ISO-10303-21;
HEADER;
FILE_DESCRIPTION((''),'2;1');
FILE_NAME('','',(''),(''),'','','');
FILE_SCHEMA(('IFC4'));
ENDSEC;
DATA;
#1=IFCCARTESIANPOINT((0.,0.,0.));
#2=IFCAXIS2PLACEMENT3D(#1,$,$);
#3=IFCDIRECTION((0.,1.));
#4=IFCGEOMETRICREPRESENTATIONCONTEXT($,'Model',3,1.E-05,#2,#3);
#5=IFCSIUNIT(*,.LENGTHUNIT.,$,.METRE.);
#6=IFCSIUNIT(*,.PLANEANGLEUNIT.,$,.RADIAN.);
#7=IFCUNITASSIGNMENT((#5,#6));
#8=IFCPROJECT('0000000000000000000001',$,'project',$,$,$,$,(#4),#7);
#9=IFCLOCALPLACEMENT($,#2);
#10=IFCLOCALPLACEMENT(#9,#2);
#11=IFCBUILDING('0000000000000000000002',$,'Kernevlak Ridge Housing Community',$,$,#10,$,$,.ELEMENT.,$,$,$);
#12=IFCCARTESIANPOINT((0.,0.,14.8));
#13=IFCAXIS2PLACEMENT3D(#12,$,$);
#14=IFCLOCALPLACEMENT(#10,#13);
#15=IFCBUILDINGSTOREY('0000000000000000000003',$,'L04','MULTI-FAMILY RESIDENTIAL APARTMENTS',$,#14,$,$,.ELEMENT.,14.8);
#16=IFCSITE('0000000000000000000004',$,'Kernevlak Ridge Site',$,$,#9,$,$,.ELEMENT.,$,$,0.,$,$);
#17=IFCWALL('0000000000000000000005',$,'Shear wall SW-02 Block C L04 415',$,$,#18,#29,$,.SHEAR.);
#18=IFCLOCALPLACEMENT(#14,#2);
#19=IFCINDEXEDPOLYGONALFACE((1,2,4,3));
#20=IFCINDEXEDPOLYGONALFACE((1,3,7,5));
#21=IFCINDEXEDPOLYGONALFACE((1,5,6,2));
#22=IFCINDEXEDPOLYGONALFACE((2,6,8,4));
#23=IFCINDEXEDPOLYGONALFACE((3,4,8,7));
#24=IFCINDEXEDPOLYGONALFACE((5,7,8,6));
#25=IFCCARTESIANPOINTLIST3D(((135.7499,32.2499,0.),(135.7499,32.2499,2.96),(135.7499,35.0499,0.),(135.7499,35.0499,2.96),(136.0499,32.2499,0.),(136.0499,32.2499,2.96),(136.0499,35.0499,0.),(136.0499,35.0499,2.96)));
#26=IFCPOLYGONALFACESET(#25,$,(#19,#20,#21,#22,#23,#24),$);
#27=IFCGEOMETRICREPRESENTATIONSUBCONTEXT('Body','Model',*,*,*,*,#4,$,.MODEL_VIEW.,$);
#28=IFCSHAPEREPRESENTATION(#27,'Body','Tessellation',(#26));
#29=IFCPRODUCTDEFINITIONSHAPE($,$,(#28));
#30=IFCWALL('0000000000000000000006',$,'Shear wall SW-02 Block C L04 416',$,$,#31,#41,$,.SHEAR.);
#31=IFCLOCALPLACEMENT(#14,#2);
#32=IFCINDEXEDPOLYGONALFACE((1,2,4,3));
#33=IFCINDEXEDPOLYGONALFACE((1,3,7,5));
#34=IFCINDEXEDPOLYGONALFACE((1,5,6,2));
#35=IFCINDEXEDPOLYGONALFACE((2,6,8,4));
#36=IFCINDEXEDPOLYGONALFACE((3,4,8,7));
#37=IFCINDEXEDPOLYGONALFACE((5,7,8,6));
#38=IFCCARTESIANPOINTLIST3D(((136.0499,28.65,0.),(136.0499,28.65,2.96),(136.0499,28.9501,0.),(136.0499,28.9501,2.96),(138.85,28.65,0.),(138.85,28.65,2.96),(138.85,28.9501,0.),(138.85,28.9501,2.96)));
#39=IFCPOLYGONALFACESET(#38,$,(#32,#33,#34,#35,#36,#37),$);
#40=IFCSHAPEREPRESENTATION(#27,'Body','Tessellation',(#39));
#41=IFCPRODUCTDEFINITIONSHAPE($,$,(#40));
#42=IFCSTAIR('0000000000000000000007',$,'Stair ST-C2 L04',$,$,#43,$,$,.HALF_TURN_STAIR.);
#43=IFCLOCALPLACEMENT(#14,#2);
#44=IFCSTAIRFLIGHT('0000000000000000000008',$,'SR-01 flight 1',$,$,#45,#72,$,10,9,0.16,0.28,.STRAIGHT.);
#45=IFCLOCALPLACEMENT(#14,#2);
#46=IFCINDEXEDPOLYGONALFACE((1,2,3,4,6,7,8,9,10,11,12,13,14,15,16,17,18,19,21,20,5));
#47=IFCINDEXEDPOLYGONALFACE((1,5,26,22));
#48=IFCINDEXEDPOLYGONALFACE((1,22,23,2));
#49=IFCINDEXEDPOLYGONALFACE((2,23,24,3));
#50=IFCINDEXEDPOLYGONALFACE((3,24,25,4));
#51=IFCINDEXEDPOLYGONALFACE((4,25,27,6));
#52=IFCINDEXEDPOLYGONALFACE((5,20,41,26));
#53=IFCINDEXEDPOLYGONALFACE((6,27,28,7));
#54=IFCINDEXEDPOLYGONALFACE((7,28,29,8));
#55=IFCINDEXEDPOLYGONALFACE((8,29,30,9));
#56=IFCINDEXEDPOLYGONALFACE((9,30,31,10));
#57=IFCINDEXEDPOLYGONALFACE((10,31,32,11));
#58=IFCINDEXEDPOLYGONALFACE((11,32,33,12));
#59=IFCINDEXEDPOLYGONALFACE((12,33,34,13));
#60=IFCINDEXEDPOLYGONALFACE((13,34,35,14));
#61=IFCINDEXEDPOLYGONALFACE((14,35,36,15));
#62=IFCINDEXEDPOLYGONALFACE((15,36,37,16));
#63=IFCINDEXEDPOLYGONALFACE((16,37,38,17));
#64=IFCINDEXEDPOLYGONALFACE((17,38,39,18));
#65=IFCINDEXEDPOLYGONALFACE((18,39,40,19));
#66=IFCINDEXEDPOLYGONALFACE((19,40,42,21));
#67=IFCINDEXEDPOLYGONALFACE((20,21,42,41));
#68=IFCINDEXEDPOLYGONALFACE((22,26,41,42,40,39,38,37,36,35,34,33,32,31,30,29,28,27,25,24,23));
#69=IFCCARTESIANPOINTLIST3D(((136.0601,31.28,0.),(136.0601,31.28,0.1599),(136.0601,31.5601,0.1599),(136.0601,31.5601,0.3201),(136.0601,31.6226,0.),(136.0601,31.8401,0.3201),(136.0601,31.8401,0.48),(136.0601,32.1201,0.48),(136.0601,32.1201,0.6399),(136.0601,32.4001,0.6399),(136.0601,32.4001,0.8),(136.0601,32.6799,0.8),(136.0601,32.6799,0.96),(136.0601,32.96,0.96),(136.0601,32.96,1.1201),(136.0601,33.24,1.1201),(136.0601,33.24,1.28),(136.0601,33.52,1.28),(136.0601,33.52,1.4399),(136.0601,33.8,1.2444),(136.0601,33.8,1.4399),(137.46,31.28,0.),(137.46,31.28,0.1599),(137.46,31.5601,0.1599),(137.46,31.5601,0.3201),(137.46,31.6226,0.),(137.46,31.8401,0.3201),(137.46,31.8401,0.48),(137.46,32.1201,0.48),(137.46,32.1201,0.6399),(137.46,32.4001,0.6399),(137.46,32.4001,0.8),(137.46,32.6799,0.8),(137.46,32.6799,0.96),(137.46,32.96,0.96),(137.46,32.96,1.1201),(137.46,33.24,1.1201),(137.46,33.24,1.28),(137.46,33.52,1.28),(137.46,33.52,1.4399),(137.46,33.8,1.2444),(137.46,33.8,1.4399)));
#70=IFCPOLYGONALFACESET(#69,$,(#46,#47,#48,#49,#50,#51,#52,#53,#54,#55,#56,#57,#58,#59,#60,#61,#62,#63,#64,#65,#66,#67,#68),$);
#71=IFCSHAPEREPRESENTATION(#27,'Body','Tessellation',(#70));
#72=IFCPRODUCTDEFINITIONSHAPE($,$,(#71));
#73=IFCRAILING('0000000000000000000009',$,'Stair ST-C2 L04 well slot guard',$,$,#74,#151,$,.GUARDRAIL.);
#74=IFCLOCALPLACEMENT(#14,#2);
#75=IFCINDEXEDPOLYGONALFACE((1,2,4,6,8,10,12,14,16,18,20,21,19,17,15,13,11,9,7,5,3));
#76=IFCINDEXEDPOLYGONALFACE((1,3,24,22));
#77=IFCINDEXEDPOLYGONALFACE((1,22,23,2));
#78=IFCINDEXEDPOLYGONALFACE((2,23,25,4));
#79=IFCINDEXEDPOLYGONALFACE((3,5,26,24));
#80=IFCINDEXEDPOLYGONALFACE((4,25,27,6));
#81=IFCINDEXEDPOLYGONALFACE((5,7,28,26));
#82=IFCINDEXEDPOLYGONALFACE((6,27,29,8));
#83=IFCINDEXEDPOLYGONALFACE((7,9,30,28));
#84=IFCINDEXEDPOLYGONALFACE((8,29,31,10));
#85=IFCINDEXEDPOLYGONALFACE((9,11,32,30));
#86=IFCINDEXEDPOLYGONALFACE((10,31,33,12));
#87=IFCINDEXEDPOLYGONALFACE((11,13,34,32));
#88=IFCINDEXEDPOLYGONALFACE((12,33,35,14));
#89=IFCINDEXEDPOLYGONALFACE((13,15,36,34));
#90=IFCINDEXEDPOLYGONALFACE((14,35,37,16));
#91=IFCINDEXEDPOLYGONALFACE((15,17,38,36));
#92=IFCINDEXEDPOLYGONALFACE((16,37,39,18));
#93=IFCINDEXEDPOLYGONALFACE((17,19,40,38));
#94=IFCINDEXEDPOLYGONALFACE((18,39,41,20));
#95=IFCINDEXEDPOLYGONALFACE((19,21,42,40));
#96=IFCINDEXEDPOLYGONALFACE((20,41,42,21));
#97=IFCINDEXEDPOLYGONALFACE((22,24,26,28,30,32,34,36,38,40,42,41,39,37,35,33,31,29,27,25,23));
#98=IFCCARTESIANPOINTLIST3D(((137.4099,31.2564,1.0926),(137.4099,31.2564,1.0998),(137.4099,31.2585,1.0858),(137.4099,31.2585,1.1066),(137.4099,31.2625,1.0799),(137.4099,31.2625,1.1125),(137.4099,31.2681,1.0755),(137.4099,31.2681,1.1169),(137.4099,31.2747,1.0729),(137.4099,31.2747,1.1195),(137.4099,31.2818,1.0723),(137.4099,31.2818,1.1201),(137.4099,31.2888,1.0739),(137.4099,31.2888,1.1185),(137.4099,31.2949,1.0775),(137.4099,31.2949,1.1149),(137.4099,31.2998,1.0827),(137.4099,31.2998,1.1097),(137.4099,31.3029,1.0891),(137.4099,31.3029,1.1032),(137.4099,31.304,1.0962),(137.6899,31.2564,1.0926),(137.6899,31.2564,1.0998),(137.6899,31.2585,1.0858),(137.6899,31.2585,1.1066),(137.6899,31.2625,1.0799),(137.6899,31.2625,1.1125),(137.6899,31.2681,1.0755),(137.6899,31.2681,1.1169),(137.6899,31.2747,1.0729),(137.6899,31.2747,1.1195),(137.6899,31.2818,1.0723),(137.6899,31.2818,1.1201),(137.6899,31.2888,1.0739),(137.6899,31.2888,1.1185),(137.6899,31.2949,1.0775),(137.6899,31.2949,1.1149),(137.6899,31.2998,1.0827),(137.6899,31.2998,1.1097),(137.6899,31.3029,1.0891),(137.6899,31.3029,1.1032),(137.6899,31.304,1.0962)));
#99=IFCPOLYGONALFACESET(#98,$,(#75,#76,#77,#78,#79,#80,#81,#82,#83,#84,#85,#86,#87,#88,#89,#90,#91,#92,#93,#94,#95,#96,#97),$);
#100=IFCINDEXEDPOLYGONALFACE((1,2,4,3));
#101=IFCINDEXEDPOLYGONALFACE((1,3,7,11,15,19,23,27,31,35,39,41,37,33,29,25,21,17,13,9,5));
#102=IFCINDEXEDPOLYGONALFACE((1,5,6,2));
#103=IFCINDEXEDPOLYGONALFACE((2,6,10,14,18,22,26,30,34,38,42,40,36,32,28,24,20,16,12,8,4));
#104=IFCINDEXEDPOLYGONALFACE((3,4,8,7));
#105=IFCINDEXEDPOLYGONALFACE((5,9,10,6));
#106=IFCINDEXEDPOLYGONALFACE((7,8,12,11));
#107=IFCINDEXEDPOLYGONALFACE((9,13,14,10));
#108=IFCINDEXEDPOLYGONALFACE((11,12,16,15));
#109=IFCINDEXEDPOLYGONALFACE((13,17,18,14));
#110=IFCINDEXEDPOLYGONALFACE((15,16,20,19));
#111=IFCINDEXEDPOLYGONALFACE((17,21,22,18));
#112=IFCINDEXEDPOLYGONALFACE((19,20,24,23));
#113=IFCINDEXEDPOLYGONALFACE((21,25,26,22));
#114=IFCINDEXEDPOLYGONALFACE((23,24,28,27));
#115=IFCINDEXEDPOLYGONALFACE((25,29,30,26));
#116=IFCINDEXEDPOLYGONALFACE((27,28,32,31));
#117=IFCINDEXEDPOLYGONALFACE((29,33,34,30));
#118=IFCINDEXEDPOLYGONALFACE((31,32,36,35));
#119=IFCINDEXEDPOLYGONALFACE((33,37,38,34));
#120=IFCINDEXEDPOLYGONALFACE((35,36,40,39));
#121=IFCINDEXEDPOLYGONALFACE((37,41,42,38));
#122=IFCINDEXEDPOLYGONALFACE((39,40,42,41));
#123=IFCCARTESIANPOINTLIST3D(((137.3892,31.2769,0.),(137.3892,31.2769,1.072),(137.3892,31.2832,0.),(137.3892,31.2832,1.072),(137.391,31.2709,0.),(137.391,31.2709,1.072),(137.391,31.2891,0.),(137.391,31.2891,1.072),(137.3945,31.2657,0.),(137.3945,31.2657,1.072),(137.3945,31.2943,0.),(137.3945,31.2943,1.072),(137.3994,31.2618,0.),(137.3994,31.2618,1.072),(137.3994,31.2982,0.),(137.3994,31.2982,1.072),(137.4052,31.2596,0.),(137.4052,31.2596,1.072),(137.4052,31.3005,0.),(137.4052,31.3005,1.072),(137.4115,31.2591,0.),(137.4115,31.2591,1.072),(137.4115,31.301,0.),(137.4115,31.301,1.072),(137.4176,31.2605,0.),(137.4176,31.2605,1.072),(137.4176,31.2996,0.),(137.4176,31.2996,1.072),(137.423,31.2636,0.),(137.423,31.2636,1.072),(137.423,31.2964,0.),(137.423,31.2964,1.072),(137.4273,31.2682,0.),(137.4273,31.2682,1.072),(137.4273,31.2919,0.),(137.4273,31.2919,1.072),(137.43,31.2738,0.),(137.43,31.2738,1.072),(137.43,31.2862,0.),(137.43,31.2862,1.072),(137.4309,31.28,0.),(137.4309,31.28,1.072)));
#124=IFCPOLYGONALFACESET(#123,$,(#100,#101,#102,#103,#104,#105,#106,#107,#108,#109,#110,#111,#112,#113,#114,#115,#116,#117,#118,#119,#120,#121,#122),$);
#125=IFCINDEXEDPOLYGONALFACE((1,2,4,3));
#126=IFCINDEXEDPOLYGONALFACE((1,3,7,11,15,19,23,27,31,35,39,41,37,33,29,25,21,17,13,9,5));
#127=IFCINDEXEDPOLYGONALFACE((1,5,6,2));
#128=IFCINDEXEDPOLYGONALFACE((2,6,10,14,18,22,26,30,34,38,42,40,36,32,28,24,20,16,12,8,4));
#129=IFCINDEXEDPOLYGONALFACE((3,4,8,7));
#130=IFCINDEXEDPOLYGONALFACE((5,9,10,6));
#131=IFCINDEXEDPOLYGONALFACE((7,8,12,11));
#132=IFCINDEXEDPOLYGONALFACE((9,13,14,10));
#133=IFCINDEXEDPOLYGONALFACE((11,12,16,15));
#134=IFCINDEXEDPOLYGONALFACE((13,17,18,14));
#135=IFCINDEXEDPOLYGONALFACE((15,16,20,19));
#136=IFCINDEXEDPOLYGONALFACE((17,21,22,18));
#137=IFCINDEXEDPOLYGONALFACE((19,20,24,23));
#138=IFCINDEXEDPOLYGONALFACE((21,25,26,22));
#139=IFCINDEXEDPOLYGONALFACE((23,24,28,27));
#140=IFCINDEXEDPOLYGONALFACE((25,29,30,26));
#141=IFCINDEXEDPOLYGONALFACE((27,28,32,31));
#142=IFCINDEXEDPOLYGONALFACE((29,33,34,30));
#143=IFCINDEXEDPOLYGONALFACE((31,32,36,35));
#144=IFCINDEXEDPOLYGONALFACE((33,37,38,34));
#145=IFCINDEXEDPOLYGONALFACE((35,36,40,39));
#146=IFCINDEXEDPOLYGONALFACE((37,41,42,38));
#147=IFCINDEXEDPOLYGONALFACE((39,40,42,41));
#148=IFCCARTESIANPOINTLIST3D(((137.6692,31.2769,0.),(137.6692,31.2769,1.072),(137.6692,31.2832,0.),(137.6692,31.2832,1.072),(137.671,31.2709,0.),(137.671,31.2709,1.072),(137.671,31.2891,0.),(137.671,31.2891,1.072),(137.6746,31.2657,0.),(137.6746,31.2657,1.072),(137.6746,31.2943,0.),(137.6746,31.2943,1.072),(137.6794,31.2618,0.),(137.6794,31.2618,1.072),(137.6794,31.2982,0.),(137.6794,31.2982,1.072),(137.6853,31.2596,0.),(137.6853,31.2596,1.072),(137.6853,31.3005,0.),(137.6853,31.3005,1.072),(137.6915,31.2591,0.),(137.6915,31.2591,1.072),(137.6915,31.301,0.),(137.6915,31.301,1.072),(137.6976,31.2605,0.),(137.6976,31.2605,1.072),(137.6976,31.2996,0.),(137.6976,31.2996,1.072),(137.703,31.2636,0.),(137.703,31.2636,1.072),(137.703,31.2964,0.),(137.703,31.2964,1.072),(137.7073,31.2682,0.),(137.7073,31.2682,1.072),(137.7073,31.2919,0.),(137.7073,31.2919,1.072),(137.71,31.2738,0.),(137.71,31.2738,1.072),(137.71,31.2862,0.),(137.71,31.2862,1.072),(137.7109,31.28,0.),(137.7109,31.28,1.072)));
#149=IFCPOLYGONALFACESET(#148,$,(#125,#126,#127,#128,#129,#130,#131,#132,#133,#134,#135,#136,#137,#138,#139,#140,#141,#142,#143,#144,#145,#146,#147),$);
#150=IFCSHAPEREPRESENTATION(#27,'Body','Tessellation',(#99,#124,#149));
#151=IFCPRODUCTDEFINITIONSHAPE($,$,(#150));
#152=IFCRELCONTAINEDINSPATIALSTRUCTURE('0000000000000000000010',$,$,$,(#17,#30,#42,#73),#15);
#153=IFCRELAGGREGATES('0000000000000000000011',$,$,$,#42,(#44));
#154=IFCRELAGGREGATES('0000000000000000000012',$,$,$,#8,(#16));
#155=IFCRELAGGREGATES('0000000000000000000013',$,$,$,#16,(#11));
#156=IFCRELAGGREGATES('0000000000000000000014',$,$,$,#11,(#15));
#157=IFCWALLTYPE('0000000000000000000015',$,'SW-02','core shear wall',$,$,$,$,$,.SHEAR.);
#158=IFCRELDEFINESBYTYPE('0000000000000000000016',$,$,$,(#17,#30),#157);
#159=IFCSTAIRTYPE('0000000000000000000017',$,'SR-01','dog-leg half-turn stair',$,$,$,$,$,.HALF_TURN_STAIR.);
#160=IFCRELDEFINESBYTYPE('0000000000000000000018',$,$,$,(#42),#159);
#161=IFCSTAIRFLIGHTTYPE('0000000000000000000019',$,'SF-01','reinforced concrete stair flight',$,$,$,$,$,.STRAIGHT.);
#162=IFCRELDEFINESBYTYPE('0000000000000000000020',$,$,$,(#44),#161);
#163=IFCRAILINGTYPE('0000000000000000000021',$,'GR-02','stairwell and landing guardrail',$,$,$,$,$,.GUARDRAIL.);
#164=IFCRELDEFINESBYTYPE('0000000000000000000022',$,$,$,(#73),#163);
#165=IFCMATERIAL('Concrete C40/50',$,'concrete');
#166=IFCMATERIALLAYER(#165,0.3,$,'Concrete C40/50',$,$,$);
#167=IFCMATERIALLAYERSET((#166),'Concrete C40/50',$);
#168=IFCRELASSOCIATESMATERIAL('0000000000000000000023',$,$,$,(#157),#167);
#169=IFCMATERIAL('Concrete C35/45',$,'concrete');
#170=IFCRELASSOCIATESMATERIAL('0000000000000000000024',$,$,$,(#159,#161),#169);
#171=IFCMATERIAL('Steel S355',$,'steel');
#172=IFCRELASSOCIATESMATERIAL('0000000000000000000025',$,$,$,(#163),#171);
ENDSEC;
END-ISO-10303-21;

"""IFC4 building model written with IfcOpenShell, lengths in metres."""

from ifc_helpers import new_model, si_unit, direction, frame, frame_2d, origin, origin_2d, place, context, subcontext, project, spatial, polyline, rectangle, circle, outline, extrude, material, layer, layer_set, type_object, element, aggregate, save


model = new_model("IFC4")

# Units and contexts
model_context = context("Model", 3, precision=1e-05, world=origin(), true_north=direction((0.0, 1.0)))
body_context = subcontext(model_context, "Body", "Model", "MODEL_VIEW")
ifc_project = project(units=[si_unit("LENGTHUNIT", "METRE"), si_unit("PLANEANGLEUNIT", "RADIAN")], contexts=[model_context])

# Site, building, storey
site_placement = place(None, origin())
site = spatial("IfcSite", under=ifc_project, at=site_placement, Name="Kernevlak Ridge Site", CompositionType="ELEMENT", RefElevation=0.0)
building_placement = place(site_placement, origin())
building = spatial("IfcBuilding", under=site, at=building_placement, Name="Kernevlak Ridge Housing Community", CompositionType="ELEMENT")
storey_placement = place(building_placement, frame((0.0, 0.0, 14.8)))
storey = spatial("IfcBuildingStorey", under=building, at=storey_placement, Name="L04", Description="MULTI-FAMILY RESIDENTIAL APARTMENTS", CompositionType="ELEMENT", Elevation=14.8)

# Shared definitions
ifc_material_1 = material(Name="Concrete C35/45", Category="concrete")

# Walls
ifc_material_2 = material(Name="Concrete C40/50", Category="concrete")
ifc_layer_1 = layer(ifc_material_2, 0.3, Name="Concrete C40/50")
ifc_layer_set_1 = layer_set([ifc_layer_1], Name="Concrete C40/50")
wall_type_1 = type_object("IfcWallType", Name="SW-02", Description="core shear wall", PredefinedType="SHEAR", material=ifc_layer_set_1)
for number, where, z_axis, x_axis, name in (
    (1, (135.8999, 32.25, 0.0), (0.0, 0.0, 1.0), (0.0, 1.0, 0.0), "Shear wall SW-02 Block C L04 415"),
    (2, (136.05, 28.8, 0.0), (0.0, 0.0, 1.0), (1.0, 0.0, 0.0), "Shear wall SW-02 Block C L04 416"),
):
    element("IfcWall", number, at=place(storey_placement, frame(where, z_axis=z_axis, x_axis=x_axis)), inside=storey, type_object=wall_type_1, Name=name, PredefinedType="SHEAR", context=body_context, shape_type="SweptSolid", body=[
        extrude(rectangle(XDim=2.8, YDim=0.3, at=frame_2d((1.3999, 0.0))), origin(), (0.0, 0.0, 1.0), 2.96),
    ])

# Stair, stair flight
stair_type = type_object("IfcStairType", Name="SR-01", Description="dog-leg half-turn stair", PredefinedType="HALF_TURN_STAIR", material=ifc_material_1)
stair_placement = place(storey_placement, origin())
stair = element("IfcStair", 3, at=stair_placement, inside=storey, type_object=stair_type, Name="Stair ST-C2 L04", PredefinedType="HALF_TURN_STAIR")
stair_flight_type = type_object("IfcStairFlightType", Name="SF-01", Description="reinforced concrete stair flight", PredefinedType="STRAIGHT", material=ifc_material_1)
stair_flight_placement = place(storey_placement, frame((136.76, 31.28, 0.0), z_axis=(0.0, 0.0, 1.0), x_axis=(0.0, 1.0, 0.0)))
stair_flight = element("IfcStairFlight", 4, at=stair_flight_placement, type_object=stair_flight_type, Name="SR-01 flight 1", NumberOfRisers=10, NumberOfTreads=9, PredefinedType="STRAIGHT", RiserHeight=0.16, TreadLength=0.28, context=body_context, shape_type="SweptSolid", body=[
    extrude(outline(polyline([(0.0, 0.0), (0.0, 0.1599), (0.28, 0.1599), (0.28, 0.3201), (0.5601, 0.3201), (0.5601, 0.48), (0.8401, 0.48), (0.8401, 0.6399), (1.1201, 0.6399), (1.1201, 0.8), (1.3999, 0.8), (1.3999, 0.96), (1.6799, 0.96), (1.6799, 1.1201), (1.96, 1.1201), (1.96, 1.28), (2.24, 1.28), (2.24, 1.4399), (2.52, 1.4399), (2.52, 1.6001), (2.52, 1.2444), (0.3425, 0.0), (0.0, 0.0)])), frame((0.0, 0.7, 0.0), z_axis=(0.0, -1.0, 0.0), x_axis=(1.0, 0.0, 0.0)), (0.0, 0.0, 1.0), 1.3999),
])
aggregate(stair, [stair_flight])

# Railing
ifc_material_3 = material(Name="Steel S355", Category="steel")
railing_type_1 = type_object("IfcRailingType", Name="GR-02", Description="stairwell and landing guardrail", PredefinedType="GUARDRAIL", material=ifc_material_3)
railing_1_placement = place(storey_placement, frame((137.4099, 31.28, 0.0)))
element("IfcRailing", 5, at=railing_1_placement, inside=storey, type_object=railing_type_1, Name="Stair ST-C2 L04 well slot guard", PredefinedType="GUARDRAIL", context=body_context, shape_type="SweptSolid", body=[
    extrude(circle(Radius=0.0239, at=origin_2d()), frame((0.0, 0.0, 1.0962), z_axis=(1.0, 0.0, 0.0), x_axis=(0.0, 1.0, 0.0)), (0.0, 0.0, 1.0), 0.28),
    extrude(circle(Radius=0.021, at=origin_2d()), origin(), (0.0, 0.0, 1.0), 1.072),
    extrude(circle(Radius=0.021, at=origin_2d()), frame((0.28, 0.0, 0.0)), (0.0, 0.0, 1.0), 1.072),
])

save(model, "model.ifc")
